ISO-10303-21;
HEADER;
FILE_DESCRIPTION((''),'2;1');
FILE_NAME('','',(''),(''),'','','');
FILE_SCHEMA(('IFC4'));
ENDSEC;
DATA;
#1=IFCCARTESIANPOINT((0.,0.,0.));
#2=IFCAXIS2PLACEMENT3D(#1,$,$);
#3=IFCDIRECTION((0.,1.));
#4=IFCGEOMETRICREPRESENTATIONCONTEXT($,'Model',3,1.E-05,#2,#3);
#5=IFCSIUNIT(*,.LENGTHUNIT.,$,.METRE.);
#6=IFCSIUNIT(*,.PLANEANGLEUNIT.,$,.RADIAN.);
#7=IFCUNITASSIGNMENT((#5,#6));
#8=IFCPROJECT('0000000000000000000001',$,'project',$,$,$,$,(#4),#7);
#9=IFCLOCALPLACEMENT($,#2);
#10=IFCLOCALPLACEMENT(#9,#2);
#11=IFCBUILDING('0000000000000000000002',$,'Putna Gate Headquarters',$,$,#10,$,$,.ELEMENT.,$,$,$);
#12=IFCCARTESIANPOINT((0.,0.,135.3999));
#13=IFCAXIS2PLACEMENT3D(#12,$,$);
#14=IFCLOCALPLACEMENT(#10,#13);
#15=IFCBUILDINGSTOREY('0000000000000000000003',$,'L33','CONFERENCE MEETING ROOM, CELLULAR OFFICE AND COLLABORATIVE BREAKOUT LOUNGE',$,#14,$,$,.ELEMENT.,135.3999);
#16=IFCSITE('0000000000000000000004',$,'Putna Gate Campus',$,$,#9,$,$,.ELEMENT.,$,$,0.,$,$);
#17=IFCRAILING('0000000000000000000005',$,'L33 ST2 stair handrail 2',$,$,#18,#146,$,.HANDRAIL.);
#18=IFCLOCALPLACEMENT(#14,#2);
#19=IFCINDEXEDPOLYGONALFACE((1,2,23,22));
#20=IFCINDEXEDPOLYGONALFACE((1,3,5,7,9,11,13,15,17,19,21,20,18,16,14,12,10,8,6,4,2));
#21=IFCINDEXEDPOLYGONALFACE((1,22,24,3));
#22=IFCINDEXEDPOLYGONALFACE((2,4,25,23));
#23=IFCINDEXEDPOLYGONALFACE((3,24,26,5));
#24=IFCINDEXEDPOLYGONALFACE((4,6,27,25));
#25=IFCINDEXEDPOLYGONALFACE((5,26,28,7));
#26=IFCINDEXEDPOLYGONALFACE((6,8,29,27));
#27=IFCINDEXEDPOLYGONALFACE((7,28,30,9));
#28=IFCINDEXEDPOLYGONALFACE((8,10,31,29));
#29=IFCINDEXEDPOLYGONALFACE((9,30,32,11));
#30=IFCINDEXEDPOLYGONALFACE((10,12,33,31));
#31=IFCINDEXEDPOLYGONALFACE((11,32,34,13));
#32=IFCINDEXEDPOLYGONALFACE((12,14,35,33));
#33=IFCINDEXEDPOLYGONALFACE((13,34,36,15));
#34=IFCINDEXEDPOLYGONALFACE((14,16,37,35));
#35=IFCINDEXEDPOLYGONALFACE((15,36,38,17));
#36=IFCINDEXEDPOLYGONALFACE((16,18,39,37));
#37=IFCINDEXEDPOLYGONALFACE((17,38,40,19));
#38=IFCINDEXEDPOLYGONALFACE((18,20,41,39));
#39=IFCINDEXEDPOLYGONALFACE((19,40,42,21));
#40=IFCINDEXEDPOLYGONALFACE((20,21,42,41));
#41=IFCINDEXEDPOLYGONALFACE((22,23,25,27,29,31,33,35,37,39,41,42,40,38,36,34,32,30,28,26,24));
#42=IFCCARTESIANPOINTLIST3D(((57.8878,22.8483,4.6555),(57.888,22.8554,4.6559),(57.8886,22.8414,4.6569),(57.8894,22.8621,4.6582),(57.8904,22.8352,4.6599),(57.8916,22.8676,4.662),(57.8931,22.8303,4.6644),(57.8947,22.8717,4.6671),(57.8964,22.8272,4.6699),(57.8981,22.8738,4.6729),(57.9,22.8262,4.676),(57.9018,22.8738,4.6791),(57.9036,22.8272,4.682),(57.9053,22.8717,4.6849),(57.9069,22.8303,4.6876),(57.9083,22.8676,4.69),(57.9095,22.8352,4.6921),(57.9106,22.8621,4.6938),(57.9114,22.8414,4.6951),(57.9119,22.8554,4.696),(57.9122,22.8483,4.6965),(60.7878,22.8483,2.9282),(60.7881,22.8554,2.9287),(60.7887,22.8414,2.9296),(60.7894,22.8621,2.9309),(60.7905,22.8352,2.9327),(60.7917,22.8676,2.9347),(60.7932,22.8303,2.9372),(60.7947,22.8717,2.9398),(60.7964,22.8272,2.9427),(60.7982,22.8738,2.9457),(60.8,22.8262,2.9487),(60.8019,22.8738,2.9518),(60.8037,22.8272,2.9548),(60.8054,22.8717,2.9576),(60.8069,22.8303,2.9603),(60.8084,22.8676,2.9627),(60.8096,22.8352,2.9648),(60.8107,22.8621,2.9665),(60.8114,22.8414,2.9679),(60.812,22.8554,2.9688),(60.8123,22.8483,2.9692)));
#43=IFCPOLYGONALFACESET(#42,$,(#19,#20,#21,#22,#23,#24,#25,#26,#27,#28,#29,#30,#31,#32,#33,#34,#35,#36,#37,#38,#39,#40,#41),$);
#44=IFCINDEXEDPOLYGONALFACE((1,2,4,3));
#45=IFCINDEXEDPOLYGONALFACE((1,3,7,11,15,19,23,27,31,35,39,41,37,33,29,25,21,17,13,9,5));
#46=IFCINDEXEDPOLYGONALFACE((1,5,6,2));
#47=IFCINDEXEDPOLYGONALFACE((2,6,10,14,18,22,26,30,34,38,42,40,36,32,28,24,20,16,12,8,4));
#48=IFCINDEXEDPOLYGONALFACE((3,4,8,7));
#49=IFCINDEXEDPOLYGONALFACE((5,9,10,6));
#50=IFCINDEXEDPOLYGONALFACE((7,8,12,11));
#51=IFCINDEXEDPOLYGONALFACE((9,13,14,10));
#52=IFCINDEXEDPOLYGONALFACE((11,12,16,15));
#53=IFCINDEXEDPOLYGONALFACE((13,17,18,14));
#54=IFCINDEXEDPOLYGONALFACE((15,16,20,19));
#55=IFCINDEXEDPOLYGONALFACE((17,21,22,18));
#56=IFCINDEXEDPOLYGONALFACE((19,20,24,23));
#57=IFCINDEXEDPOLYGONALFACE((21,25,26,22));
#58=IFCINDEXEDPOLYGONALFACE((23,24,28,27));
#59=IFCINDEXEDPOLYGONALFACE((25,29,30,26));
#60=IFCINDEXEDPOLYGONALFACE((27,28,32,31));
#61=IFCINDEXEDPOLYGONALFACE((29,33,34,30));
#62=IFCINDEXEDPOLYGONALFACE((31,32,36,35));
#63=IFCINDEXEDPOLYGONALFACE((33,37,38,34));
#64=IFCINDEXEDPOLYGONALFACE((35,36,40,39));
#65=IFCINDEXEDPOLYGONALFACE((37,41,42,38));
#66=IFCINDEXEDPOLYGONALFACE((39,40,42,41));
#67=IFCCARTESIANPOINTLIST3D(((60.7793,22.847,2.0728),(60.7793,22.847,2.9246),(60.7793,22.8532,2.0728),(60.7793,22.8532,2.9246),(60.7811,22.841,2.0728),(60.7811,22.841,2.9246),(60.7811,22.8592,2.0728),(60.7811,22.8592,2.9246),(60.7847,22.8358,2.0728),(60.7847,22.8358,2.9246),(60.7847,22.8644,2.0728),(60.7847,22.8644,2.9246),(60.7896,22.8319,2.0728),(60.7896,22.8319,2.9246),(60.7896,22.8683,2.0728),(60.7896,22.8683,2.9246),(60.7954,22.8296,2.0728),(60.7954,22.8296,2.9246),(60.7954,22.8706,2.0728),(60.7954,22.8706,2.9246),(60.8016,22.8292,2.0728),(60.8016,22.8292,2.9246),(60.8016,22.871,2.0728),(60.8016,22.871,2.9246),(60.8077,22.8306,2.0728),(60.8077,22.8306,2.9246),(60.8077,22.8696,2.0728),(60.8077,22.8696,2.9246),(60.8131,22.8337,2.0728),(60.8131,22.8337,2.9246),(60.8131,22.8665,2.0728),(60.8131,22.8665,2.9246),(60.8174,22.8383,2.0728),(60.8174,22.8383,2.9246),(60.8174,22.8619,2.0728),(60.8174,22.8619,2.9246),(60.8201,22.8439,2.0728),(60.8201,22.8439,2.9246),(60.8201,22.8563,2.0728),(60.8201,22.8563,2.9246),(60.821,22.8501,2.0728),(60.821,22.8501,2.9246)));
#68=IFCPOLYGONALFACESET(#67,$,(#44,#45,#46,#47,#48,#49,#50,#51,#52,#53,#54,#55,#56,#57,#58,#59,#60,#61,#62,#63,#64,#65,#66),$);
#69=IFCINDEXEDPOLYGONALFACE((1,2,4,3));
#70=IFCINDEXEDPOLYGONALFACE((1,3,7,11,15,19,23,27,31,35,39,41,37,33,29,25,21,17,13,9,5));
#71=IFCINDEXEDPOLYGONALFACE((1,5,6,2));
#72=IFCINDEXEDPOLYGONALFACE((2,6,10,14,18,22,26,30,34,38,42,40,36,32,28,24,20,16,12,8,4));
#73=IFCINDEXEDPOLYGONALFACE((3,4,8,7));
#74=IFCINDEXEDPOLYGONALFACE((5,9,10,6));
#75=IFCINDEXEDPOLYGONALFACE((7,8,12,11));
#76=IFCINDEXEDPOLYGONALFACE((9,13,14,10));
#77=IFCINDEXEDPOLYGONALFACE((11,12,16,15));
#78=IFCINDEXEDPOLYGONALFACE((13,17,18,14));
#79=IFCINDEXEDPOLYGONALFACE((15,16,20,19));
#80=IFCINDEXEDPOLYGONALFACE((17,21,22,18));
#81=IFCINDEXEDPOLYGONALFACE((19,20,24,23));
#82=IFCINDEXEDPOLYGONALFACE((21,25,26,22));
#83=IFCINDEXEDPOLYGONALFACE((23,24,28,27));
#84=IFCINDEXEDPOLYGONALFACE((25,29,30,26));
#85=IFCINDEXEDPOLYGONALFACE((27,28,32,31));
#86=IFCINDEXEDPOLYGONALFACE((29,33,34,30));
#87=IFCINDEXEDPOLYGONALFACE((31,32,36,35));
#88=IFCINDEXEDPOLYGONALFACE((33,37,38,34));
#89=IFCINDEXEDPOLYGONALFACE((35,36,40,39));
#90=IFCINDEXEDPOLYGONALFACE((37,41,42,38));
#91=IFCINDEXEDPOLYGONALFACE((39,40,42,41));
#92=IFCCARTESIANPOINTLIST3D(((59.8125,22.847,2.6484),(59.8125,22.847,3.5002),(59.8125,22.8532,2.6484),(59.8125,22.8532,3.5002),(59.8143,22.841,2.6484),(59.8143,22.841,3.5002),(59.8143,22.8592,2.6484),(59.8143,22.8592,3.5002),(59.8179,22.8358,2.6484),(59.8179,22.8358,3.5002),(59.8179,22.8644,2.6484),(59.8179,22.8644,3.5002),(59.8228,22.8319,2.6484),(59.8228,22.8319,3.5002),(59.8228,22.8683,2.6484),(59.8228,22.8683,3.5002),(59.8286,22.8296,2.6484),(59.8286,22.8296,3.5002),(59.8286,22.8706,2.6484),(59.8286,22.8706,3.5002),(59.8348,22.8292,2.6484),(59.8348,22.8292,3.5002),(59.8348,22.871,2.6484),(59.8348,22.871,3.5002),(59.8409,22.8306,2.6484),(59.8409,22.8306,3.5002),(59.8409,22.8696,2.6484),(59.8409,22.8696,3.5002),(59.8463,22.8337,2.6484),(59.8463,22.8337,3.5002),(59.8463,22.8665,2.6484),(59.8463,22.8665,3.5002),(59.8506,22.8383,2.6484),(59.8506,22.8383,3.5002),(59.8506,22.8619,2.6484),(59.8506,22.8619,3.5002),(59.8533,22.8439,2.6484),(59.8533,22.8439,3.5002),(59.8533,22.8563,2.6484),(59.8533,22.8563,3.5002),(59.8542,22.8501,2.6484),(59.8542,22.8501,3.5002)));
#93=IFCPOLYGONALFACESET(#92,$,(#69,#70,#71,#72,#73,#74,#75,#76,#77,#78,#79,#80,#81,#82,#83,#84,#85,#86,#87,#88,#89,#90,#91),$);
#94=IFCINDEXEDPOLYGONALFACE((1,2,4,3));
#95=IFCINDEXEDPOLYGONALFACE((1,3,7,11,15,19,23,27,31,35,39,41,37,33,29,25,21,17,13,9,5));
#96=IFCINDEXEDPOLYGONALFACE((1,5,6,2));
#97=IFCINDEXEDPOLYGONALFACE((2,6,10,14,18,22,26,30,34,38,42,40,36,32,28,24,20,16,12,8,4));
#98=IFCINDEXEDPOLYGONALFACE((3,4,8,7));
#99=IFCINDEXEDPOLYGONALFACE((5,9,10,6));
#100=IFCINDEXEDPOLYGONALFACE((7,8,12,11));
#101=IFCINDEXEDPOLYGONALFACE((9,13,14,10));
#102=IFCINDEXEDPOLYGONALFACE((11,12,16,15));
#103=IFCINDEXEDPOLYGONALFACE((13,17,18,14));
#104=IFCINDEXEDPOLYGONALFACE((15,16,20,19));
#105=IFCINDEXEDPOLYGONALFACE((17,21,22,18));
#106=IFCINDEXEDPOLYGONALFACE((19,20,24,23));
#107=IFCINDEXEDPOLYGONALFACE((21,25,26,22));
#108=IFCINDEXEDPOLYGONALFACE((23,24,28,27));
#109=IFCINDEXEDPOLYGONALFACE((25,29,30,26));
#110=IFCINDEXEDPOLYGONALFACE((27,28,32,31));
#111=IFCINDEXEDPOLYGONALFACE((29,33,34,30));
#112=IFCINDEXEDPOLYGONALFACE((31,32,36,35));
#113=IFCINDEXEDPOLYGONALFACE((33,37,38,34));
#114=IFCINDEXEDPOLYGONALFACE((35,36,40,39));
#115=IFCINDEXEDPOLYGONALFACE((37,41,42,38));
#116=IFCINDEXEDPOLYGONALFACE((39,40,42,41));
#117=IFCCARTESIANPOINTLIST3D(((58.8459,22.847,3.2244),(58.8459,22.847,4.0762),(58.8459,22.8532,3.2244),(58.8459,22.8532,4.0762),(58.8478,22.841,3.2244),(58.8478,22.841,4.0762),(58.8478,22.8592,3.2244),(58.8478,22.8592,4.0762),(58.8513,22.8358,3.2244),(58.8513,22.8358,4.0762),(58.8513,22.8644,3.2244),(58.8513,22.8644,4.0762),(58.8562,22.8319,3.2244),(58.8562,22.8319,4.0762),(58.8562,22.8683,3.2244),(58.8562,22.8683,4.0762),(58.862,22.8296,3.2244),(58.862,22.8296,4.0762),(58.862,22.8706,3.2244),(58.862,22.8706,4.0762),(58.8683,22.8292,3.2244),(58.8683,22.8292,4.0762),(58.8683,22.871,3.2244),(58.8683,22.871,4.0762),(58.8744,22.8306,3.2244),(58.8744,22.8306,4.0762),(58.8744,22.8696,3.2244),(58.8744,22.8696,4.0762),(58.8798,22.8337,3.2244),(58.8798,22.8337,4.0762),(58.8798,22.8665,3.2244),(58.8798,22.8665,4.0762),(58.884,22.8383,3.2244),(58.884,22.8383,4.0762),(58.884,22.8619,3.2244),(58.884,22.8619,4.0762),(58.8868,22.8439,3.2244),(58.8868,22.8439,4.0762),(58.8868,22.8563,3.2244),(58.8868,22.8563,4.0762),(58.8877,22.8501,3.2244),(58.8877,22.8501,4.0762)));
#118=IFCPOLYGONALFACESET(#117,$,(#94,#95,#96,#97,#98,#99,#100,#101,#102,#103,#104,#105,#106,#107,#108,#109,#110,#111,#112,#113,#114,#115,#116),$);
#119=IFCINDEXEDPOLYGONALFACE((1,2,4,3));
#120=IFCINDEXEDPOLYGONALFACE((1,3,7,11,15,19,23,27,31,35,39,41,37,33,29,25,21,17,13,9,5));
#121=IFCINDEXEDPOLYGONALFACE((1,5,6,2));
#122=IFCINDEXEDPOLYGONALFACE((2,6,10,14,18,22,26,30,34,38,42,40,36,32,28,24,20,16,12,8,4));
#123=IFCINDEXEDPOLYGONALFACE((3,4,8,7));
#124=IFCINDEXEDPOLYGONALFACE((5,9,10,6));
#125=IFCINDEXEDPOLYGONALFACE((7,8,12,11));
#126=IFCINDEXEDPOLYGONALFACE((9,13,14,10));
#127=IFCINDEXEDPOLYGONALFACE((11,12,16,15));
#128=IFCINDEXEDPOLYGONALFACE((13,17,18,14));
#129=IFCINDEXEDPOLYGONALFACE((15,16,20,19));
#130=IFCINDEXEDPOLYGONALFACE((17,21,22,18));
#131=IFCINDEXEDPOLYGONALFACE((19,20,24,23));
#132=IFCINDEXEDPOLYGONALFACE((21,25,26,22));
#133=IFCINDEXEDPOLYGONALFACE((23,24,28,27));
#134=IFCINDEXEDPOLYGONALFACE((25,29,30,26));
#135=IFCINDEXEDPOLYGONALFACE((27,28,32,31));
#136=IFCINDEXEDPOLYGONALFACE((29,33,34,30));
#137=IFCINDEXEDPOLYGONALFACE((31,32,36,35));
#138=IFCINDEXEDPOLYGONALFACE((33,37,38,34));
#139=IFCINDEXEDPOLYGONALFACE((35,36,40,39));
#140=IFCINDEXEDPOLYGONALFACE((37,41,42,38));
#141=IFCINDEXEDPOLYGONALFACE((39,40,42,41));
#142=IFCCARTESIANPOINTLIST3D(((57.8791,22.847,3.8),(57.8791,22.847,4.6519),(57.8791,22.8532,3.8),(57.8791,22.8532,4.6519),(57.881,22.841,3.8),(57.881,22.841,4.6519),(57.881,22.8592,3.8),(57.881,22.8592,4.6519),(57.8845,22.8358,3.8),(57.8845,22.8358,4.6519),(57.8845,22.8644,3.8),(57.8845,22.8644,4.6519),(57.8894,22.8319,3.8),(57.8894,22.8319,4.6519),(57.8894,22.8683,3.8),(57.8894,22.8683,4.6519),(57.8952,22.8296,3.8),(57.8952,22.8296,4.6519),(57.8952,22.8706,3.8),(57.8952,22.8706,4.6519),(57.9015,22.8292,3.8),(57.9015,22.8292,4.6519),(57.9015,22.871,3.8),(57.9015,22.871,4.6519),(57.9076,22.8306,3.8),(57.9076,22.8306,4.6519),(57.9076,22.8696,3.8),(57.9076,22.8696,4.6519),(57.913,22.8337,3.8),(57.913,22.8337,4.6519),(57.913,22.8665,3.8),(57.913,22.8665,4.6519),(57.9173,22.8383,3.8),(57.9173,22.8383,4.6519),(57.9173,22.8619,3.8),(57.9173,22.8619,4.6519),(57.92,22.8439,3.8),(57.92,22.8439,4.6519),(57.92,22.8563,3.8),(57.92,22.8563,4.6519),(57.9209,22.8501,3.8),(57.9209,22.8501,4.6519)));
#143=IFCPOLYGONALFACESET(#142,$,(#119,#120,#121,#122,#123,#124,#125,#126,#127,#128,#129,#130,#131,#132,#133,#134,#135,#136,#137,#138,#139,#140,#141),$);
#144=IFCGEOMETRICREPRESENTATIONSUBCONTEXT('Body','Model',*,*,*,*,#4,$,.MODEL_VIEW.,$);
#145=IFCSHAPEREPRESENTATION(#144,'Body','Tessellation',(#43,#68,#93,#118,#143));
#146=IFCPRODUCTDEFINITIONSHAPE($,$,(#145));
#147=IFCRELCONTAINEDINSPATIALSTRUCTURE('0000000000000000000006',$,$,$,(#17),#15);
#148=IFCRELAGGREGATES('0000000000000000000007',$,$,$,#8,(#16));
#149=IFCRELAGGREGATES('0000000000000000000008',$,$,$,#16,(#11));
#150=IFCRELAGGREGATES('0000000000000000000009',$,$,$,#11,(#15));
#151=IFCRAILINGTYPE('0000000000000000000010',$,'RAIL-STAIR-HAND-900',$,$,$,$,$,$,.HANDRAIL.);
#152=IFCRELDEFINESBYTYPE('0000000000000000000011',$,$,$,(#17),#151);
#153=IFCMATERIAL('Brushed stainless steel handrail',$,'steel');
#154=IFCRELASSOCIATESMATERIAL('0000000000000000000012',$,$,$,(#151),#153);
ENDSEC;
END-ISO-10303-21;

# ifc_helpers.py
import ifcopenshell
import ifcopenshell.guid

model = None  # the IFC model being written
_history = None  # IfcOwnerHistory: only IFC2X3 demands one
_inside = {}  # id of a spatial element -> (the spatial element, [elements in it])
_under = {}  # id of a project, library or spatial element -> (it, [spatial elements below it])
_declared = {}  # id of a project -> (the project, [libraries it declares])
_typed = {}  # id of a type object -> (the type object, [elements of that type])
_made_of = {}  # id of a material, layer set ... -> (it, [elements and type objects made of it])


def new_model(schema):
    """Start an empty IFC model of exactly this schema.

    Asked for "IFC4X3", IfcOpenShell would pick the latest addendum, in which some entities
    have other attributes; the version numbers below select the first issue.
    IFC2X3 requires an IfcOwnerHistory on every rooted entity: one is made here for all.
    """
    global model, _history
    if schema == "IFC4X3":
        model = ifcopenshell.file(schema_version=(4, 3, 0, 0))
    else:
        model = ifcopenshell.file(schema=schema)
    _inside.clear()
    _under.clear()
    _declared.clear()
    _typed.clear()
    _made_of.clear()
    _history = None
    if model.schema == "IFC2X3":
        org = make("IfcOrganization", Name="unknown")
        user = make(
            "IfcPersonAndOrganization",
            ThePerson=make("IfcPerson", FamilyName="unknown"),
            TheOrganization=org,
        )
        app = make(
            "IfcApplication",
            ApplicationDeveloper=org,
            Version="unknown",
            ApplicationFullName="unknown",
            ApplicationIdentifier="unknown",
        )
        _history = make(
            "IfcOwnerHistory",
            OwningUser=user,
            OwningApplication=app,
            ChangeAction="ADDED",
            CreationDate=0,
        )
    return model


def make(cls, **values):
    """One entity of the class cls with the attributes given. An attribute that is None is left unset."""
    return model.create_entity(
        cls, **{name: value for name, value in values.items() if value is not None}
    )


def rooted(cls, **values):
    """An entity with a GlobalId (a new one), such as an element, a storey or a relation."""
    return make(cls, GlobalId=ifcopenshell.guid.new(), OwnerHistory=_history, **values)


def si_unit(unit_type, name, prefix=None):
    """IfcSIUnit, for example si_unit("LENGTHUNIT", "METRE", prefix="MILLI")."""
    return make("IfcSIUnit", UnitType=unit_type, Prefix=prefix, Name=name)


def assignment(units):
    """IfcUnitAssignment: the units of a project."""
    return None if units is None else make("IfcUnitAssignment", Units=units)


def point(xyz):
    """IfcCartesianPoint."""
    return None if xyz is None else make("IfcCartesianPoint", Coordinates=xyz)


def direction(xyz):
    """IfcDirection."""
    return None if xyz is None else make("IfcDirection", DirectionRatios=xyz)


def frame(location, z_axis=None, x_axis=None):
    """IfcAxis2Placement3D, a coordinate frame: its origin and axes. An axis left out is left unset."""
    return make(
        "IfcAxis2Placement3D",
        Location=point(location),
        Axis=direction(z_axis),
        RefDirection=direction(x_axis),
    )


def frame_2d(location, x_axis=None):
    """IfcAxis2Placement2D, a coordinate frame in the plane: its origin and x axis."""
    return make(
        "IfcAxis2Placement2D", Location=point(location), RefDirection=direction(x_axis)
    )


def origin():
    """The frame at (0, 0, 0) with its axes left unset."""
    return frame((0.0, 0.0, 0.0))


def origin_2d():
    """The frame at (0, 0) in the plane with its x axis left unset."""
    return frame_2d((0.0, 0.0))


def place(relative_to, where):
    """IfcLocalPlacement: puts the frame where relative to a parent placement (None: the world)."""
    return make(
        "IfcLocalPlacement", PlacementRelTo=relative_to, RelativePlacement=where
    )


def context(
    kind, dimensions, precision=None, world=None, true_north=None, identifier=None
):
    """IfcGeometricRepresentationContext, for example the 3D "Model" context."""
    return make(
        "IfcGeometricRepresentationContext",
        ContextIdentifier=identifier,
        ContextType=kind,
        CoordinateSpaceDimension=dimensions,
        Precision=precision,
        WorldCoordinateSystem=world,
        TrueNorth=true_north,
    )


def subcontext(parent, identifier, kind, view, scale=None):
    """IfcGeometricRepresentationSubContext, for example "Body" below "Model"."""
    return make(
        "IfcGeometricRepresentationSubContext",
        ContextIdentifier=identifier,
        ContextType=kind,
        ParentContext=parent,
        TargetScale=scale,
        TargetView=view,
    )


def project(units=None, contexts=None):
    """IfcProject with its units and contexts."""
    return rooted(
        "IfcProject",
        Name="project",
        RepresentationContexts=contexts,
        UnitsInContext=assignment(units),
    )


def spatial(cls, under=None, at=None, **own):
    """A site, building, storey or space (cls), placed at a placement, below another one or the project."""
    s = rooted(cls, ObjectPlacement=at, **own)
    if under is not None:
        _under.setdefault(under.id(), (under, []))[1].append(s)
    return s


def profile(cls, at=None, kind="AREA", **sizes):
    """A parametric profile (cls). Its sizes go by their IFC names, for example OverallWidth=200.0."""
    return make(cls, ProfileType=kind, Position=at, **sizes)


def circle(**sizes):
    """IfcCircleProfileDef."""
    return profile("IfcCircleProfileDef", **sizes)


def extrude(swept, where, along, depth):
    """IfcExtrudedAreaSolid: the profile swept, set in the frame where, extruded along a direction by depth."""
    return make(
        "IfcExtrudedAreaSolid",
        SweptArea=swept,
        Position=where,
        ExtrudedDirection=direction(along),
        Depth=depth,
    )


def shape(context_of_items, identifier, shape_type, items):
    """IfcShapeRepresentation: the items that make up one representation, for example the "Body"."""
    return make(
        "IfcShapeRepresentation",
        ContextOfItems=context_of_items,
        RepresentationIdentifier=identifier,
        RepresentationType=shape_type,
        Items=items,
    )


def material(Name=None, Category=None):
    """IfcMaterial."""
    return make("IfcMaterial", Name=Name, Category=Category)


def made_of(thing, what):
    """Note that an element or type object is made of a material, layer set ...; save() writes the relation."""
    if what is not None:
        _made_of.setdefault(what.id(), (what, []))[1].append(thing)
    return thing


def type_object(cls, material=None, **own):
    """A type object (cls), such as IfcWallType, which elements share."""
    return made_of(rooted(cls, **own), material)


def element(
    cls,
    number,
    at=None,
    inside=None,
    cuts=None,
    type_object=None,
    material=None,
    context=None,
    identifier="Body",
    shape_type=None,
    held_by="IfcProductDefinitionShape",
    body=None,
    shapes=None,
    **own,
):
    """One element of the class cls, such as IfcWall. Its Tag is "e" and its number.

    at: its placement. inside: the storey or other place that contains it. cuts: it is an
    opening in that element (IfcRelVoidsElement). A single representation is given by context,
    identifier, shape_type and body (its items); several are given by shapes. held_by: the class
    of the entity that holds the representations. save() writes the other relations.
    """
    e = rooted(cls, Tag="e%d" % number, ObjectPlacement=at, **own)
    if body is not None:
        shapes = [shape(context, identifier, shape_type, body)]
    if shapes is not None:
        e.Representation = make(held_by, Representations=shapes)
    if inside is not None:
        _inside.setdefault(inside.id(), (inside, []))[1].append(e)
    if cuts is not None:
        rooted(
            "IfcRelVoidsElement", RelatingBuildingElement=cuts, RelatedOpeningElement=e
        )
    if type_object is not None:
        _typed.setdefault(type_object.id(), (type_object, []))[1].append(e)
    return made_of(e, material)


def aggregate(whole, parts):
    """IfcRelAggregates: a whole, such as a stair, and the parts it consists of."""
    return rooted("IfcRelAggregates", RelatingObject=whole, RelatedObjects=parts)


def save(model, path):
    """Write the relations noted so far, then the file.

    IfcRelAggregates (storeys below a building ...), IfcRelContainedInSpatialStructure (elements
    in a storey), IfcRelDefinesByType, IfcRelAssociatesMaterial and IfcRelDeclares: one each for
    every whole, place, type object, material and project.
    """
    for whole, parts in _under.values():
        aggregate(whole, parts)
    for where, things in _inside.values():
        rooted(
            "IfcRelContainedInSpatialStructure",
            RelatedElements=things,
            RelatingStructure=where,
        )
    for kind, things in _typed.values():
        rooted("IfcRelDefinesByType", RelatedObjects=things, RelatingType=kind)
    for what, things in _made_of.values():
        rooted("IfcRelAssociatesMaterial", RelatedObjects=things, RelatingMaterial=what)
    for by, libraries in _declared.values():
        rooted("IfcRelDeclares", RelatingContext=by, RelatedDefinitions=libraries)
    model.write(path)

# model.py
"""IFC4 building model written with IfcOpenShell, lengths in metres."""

from ifc_helpers import new_model, si_unit, direction, frame, origin, origin_2d, place, context, subcontext, project, spatial, circle, extrude, material, type_object, element, save


model = new_model("IFC4")

# Units and contexts
model_context = context("Model", 3, precision=1e-05, world=origin(), true_north=direction((0.0, 1.0)))
body_context = subcontext(model_context, "Body", "Model", "MODEL_VIEW")
ifc_project = project(units=[si_unit("LENGTHUNIT", "METRE"), si_unit("PLANEANGLEUNIT", "RADIAN")], contexts=[model_context])

# Site, building, storey
site_placement = place(None, origin())
site = spatial("IfcSite", under=ifc_project, at=site_placement, Name="Putna Gate Campus", CompositionType="ELEMENT", RefElevation=0.0)
building_placement = place(site_placement, origin())
building = spatial("IfcBuilding", under=site, at=building_placement, Name="Putna Gate Headquarters", CompositionType="ELEMENT")
storey_placement = place(building_placement, frame((0.0, 0.0, 135.3999)))
storey = spatial("IfcBuildingStorey", under=building, at=storey_placement, Name="L33", Description="CONFERENCE MEETING ROOM, CELLULAR OFFICE AND COLLABORATIVE BREAKOUT LOUNGE", CompositionType="ELEMENT", Elevation=135.3999)

# Railing
ifc_material_1 = material(Name="Brushed stainless steel handrail", Category="steel")
railing_type_1 = type_object("IfcRailingType", Name="RAIL-STAIR-HAND-900", PredefinedType="HANDRAIL", material=ifc_material_1)
railing_1_placement = place(storey_placement, frame((60.8, 22.8501, 2.0728)))
element("IfcRailing", 1, at=railing_1_placement, inside=storey, type_object=railing_type_1, Name="L33 ST2 stair handrail 2", PredefinedType="HANDRAIL", context=body_context, shape_type="SweptSolid", body=[
    extrude(circle(Radius=0.0239, at=origin_2d()), frame((0.0, 0.0, 0.876), z_axis=(-0.85916, 0.0, 0.511706), x_axis=(0.0, -1.0, 0.0)), (0.0, 0.0, 1.0), 3.3755),
    extrude(circle(Radius=0.021, at=origin_2d()), origin(), (0.0, 0.0, 1.0), 0.8518),
    extrude(circle(Radius=0.021, at=origin_2d()), frame((-0.9668, 0.0, 0.5757)), (0.0, 0.0, 1.0), 0.8518),
    extrude(circle(Radius=0.021, at=origin_2d()), frame((-1.9333, 0.0, 1.1516)), (0.0, 0.0, 1.0), 0.8518),
    extrude(circle(Radius=0.021, at=origin_2d()), frame((-2.9001, 0.0, 1.7273)), (0.0, 0.0, 1.0), 0.8518),
])

save(model, "model.ifc")
